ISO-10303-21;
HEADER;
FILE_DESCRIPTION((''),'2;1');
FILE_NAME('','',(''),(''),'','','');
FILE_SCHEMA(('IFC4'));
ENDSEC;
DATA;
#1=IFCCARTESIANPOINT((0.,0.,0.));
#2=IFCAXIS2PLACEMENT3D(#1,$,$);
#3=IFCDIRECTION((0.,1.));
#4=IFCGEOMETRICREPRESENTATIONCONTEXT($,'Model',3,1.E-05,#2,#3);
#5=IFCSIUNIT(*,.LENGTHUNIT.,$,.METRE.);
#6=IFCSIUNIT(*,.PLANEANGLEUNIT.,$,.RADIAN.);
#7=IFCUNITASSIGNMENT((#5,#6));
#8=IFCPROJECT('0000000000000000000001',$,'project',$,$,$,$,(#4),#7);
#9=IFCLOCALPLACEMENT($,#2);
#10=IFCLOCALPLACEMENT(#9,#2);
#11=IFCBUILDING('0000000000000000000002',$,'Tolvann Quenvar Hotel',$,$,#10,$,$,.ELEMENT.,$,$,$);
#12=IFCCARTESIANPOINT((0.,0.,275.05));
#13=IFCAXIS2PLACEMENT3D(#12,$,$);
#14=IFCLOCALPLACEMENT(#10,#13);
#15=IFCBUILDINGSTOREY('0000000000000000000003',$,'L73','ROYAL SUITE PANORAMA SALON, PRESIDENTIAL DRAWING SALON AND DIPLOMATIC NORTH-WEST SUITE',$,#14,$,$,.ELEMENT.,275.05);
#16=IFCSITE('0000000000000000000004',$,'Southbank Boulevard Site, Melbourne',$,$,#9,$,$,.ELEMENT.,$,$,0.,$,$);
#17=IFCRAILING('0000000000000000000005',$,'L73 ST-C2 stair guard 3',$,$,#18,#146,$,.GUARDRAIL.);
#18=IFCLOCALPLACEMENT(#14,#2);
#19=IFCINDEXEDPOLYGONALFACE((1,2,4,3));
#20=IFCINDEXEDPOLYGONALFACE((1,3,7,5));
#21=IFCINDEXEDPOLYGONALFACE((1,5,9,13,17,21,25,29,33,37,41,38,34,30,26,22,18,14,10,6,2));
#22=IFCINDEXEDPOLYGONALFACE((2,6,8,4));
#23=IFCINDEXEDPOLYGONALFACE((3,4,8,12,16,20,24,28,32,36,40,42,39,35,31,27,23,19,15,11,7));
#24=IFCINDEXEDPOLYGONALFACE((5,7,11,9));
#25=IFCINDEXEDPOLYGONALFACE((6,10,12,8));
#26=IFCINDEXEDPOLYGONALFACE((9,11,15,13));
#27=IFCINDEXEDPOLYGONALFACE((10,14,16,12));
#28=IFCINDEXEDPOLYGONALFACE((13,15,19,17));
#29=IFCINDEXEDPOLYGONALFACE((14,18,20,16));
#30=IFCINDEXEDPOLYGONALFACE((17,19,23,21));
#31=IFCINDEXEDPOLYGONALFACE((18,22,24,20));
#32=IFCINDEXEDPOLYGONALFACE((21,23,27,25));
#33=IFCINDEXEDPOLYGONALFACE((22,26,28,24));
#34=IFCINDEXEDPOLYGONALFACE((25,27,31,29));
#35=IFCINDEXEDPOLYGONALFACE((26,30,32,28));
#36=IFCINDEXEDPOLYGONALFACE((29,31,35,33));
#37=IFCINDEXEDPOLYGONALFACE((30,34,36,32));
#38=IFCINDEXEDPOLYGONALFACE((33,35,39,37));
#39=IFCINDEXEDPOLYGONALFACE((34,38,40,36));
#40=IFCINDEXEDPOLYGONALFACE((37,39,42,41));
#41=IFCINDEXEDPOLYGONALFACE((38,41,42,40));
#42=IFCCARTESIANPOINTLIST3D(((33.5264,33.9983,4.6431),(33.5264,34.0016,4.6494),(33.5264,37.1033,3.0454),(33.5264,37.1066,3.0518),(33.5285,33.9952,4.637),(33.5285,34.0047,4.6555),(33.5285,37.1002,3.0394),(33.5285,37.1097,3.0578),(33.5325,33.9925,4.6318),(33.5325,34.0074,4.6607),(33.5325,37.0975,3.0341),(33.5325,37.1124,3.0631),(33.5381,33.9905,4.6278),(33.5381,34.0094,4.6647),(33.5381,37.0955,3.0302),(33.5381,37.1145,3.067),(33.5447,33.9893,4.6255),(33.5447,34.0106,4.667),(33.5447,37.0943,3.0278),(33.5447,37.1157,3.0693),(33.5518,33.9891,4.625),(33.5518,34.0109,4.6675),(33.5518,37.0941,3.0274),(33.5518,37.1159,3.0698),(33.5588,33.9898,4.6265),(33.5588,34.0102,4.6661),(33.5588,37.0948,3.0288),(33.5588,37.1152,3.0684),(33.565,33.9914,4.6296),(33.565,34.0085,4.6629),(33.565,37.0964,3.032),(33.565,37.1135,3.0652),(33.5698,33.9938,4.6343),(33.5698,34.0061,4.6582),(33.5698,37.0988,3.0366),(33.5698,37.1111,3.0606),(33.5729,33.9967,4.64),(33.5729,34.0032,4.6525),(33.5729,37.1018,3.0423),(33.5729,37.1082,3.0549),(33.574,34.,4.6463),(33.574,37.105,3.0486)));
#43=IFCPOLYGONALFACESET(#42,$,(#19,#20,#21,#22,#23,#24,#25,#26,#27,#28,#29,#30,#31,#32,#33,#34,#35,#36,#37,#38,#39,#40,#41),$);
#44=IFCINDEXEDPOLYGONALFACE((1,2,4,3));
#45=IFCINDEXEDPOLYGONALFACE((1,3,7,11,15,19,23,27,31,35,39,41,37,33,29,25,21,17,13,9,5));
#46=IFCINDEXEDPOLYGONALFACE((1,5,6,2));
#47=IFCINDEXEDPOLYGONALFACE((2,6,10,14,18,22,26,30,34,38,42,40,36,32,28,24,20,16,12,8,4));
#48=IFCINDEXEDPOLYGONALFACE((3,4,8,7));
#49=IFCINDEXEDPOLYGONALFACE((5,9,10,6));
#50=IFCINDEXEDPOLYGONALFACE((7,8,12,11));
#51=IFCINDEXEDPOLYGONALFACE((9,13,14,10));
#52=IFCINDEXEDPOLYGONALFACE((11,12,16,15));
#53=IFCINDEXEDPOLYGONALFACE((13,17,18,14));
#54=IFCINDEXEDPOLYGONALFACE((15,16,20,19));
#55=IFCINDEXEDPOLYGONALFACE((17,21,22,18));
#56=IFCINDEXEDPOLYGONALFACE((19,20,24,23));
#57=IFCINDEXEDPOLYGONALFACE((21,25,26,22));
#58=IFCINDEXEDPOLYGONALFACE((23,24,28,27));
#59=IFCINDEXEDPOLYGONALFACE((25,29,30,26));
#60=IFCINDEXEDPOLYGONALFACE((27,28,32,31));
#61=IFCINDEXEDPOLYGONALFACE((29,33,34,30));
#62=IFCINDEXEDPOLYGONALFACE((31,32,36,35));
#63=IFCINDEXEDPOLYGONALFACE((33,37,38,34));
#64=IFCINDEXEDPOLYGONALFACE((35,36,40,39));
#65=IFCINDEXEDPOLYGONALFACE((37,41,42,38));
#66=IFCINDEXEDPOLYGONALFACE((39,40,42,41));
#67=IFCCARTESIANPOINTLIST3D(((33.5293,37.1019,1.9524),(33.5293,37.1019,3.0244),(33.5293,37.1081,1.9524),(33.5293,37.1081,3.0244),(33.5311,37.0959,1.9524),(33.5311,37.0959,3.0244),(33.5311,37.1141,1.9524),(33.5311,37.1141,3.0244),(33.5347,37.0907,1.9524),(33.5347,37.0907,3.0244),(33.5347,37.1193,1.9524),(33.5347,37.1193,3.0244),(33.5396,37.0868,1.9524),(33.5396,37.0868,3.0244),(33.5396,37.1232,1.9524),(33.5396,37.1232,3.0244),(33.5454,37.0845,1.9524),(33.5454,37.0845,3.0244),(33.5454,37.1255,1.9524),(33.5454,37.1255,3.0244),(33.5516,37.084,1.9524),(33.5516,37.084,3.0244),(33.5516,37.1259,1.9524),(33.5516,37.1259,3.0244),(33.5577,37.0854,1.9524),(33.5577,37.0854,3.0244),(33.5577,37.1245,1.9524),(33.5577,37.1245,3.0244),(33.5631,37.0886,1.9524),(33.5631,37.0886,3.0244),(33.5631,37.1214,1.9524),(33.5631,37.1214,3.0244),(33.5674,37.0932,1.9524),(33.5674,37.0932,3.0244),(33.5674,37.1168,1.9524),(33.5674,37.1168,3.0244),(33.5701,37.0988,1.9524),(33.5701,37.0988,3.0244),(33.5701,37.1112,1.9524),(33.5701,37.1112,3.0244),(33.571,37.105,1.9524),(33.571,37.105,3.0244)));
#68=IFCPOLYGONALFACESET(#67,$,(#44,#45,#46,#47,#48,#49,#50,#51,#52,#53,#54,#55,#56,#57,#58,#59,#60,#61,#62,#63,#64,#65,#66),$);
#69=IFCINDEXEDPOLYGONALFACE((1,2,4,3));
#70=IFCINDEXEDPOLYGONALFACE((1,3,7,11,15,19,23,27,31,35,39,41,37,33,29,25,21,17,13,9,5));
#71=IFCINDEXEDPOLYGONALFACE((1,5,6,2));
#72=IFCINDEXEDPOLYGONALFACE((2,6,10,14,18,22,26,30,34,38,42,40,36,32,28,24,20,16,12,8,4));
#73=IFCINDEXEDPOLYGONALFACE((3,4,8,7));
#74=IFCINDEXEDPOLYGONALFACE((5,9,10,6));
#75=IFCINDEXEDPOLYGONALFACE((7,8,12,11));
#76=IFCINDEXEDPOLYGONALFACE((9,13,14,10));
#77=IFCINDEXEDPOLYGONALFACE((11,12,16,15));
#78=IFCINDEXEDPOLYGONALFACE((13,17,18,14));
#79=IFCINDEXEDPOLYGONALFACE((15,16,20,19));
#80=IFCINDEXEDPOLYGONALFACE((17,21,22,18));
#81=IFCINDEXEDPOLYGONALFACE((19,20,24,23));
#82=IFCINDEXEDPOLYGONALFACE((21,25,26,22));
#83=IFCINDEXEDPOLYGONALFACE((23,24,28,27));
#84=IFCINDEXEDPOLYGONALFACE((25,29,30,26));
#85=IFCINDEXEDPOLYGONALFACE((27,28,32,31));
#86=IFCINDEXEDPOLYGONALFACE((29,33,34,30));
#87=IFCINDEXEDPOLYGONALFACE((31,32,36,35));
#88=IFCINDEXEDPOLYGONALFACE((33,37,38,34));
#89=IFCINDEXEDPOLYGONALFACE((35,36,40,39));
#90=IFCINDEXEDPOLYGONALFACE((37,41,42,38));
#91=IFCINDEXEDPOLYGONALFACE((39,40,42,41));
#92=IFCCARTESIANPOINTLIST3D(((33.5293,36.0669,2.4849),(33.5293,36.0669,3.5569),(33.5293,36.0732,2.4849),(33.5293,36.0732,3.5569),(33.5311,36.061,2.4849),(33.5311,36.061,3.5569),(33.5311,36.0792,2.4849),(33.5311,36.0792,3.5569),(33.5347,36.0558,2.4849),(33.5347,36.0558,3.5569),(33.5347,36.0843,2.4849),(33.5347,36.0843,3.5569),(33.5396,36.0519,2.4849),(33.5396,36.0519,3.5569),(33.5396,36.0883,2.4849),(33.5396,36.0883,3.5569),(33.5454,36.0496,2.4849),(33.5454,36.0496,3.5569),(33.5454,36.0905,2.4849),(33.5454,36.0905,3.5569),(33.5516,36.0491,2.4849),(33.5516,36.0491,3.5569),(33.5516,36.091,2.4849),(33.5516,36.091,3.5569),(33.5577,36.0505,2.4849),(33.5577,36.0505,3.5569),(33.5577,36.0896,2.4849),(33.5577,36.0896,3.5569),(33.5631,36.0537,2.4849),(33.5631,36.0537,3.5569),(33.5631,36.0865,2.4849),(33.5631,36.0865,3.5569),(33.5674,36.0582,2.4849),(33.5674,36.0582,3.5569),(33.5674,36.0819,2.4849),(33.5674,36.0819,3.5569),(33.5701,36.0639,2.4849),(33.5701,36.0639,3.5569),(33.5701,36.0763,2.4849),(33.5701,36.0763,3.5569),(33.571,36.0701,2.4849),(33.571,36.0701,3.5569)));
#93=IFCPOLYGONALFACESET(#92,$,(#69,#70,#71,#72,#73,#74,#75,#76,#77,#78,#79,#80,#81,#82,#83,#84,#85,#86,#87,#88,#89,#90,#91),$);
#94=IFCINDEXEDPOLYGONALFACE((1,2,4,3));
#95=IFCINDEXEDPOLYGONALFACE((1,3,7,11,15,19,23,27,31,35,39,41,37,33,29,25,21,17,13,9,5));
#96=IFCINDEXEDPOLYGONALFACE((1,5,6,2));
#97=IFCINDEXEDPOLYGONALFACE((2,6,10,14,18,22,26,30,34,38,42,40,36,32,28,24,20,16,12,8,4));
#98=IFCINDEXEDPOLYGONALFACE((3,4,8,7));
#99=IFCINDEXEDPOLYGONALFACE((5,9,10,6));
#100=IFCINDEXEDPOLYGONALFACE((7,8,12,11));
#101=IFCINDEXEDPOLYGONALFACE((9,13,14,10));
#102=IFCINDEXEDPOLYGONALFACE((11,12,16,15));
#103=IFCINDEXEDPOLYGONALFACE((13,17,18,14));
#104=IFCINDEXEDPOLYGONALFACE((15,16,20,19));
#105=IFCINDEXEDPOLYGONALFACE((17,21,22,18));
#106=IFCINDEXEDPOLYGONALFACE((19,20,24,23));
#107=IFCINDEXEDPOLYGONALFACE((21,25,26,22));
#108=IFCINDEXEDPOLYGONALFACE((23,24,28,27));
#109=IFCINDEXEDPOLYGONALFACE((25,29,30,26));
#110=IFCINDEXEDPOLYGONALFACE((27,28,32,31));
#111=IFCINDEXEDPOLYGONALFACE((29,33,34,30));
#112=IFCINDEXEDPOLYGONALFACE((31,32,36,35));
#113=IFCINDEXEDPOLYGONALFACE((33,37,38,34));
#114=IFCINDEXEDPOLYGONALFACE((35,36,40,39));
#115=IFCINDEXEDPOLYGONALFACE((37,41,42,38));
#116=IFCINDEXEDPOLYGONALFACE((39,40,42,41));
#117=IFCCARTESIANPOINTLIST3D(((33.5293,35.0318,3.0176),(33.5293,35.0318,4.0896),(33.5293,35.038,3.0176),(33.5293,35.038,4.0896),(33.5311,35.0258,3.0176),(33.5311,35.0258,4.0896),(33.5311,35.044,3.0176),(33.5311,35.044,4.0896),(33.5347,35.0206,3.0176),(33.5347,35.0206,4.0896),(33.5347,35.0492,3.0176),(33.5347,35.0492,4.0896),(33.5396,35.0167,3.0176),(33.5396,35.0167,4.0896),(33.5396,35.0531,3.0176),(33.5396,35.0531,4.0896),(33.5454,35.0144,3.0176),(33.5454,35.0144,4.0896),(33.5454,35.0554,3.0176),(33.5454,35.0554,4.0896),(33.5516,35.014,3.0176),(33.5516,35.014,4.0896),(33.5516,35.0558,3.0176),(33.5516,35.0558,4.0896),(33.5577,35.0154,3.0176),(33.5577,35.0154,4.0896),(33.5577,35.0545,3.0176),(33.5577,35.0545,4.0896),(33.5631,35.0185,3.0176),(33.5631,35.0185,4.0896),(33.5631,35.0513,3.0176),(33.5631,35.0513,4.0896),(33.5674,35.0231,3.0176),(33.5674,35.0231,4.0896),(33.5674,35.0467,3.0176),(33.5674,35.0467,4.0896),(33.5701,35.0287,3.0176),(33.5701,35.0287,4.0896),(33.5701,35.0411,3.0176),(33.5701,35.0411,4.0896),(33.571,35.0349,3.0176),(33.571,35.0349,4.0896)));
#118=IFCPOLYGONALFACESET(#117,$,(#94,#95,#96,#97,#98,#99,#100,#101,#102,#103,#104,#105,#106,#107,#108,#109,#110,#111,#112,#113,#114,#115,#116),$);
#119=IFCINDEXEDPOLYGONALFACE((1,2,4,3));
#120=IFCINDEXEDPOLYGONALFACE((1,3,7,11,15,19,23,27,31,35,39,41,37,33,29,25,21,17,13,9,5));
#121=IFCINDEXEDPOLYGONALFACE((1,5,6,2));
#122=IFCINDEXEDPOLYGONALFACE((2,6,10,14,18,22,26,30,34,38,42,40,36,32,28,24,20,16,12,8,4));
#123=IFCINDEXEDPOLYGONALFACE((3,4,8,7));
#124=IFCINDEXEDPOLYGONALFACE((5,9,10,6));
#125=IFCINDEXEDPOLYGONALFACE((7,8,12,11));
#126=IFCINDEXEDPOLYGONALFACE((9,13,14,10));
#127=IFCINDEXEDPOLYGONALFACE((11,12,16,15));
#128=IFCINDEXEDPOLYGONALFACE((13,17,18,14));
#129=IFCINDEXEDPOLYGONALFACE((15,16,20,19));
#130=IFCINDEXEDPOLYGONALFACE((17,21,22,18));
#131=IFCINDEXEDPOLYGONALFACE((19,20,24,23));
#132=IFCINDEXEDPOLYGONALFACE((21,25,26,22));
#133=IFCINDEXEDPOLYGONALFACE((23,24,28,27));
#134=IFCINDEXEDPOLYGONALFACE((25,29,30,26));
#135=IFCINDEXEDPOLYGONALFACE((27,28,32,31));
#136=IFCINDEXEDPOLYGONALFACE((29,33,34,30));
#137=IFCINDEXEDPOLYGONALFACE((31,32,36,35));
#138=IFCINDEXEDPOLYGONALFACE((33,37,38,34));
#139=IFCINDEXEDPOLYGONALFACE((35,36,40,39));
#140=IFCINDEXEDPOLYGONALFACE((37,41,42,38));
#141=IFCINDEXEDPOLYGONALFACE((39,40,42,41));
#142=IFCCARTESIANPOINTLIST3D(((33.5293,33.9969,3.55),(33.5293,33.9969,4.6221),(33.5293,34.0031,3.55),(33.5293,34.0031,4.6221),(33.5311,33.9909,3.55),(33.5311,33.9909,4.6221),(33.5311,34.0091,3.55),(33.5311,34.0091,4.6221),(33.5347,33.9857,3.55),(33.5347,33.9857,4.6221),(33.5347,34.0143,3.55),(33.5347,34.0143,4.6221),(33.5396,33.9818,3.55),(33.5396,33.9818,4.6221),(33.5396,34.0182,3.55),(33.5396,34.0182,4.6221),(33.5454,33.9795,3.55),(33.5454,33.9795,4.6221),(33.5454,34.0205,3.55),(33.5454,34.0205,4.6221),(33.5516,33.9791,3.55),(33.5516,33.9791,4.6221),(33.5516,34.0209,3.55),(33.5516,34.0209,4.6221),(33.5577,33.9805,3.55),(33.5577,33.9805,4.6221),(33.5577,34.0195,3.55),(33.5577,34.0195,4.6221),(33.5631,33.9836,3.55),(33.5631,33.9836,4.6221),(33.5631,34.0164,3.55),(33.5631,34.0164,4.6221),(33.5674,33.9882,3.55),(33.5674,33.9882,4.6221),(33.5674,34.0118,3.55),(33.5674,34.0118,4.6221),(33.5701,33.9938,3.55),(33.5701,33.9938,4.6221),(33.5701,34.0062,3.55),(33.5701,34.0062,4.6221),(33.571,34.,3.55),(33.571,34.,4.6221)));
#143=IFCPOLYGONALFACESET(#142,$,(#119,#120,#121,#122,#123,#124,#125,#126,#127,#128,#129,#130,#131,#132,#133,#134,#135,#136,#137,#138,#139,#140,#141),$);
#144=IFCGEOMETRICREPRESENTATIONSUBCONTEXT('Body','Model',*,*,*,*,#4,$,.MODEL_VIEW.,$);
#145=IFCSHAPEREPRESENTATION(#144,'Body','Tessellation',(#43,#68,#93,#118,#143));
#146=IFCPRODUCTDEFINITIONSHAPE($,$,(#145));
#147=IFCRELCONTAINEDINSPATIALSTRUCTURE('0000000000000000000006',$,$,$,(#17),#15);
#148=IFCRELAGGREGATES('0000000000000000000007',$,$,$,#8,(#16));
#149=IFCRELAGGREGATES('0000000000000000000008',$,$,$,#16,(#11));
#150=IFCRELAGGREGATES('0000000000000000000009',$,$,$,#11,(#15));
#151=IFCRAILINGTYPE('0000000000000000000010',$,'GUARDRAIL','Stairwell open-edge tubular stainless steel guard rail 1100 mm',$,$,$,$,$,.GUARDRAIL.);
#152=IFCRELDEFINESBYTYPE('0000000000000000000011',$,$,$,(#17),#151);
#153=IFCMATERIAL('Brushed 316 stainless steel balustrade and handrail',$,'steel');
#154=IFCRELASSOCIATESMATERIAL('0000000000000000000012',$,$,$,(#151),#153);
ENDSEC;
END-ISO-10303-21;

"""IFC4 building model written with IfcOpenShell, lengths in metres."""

from ifc_helpers import new_model, si_unit, direction, frame, origin, origin_2d, place, context, subcontext, project, spatial, circle, extrude, material, type_object, element, save


model = new_model("IFC4")

# Units and contexts
model_context = context("Model", 3, precision=1e-05, world=origin(), true_north=direction((0.0, 1.0)))
body_context = subcontext(model_context, "Body", "Model", "MODEL_VIEW")
ifc_project = project(units=[si_unit("LENGTHUNIT", "METRE"), si_unit("PLANEANGLEUNIT", "RADIAN")], contexts=[model_context])

# Site, building, storey
site_placement = place(None, origin())
site = spatial("IfcSite", under=ifc_project, at=site_placement, Name="Southbank Boulevard Site, Melbourne", CompositionType="ELEMENT", RefElevation=0.0)
building_placement = place(site_placement, origin())
building = spatial("IfcBuilding", under=site, at=building_placement, Name="Tolvann Quenvar Hotel", CompositionType="ELEMENT")
storey_placement = place(building_placement, frame((0.0, 0.0, 275.05)))
storey = spatial("IfcBuildingStorey", under=building, at=storey_placement, Name="L73", Description="ROYAL SUITE PANORAMA SALON, PRESIDENTIAL DRAWING SALON AND DIPLOMATIC NORTH-WEST SUITE", CompositionType="ELEMENT", Elevation=275.05)

# Railing
ifc_material_1 = material(Name="Brushed 316 stainless steel balustrade and handrail", Category="steel")
railing_type_1 = type_object("IfcRailingType", Name="GUARDRAIL", Description="Stairwell open-edge tubular stainless steel guard rail 1100 mm", PredefinedType="GUARDRAIL", material=ifc_material_1)
railing_1_placement = place(storey_placement, frame((33.55, 37.105, 1.9524)))
element("IfcRailing", 1, at=railing_1_placement, inside=storey, type_object=railing_type_1, Name="L73 ST-C2 stair guard 3", PredefinedType="GUARDRAIL", context=body_context, shape_type="SweptSolid", body=[
    extrude(circle(Radius=0.0239, at=origin_2d()), frame((0.0, 0.0, 1.0962), z_axis=(0.0, -0.889194, 0.457531), x_axis=(1.0, 0.0, 0.0)), (0.0, 0.0, 1.0), 3.4919),
    extrude(circle(Radius=0.021, at=origin_2d()), origin(), (0.0, 0.0, 1.0), 1.072),
    extrude(circle(Radius=0.021, at=origin_2d()), frame((0.0, -1.0349, 0.5325)), (0.0, 0.0, 1.0), 1.072),
    extrude(circle(Radius=0.021, at=origin_2d()), frame((0.0, -2.0701, 1.0652)), (0.0, 0.0, 1.0), 1.072),
    extrude(circle(Radius=0.021, at=origin_2d()), frame((0.0, -3.105, 1.5977)), (0.0, 0.0, 1.0), 1.072),
])

save(model, "model.ifc")
